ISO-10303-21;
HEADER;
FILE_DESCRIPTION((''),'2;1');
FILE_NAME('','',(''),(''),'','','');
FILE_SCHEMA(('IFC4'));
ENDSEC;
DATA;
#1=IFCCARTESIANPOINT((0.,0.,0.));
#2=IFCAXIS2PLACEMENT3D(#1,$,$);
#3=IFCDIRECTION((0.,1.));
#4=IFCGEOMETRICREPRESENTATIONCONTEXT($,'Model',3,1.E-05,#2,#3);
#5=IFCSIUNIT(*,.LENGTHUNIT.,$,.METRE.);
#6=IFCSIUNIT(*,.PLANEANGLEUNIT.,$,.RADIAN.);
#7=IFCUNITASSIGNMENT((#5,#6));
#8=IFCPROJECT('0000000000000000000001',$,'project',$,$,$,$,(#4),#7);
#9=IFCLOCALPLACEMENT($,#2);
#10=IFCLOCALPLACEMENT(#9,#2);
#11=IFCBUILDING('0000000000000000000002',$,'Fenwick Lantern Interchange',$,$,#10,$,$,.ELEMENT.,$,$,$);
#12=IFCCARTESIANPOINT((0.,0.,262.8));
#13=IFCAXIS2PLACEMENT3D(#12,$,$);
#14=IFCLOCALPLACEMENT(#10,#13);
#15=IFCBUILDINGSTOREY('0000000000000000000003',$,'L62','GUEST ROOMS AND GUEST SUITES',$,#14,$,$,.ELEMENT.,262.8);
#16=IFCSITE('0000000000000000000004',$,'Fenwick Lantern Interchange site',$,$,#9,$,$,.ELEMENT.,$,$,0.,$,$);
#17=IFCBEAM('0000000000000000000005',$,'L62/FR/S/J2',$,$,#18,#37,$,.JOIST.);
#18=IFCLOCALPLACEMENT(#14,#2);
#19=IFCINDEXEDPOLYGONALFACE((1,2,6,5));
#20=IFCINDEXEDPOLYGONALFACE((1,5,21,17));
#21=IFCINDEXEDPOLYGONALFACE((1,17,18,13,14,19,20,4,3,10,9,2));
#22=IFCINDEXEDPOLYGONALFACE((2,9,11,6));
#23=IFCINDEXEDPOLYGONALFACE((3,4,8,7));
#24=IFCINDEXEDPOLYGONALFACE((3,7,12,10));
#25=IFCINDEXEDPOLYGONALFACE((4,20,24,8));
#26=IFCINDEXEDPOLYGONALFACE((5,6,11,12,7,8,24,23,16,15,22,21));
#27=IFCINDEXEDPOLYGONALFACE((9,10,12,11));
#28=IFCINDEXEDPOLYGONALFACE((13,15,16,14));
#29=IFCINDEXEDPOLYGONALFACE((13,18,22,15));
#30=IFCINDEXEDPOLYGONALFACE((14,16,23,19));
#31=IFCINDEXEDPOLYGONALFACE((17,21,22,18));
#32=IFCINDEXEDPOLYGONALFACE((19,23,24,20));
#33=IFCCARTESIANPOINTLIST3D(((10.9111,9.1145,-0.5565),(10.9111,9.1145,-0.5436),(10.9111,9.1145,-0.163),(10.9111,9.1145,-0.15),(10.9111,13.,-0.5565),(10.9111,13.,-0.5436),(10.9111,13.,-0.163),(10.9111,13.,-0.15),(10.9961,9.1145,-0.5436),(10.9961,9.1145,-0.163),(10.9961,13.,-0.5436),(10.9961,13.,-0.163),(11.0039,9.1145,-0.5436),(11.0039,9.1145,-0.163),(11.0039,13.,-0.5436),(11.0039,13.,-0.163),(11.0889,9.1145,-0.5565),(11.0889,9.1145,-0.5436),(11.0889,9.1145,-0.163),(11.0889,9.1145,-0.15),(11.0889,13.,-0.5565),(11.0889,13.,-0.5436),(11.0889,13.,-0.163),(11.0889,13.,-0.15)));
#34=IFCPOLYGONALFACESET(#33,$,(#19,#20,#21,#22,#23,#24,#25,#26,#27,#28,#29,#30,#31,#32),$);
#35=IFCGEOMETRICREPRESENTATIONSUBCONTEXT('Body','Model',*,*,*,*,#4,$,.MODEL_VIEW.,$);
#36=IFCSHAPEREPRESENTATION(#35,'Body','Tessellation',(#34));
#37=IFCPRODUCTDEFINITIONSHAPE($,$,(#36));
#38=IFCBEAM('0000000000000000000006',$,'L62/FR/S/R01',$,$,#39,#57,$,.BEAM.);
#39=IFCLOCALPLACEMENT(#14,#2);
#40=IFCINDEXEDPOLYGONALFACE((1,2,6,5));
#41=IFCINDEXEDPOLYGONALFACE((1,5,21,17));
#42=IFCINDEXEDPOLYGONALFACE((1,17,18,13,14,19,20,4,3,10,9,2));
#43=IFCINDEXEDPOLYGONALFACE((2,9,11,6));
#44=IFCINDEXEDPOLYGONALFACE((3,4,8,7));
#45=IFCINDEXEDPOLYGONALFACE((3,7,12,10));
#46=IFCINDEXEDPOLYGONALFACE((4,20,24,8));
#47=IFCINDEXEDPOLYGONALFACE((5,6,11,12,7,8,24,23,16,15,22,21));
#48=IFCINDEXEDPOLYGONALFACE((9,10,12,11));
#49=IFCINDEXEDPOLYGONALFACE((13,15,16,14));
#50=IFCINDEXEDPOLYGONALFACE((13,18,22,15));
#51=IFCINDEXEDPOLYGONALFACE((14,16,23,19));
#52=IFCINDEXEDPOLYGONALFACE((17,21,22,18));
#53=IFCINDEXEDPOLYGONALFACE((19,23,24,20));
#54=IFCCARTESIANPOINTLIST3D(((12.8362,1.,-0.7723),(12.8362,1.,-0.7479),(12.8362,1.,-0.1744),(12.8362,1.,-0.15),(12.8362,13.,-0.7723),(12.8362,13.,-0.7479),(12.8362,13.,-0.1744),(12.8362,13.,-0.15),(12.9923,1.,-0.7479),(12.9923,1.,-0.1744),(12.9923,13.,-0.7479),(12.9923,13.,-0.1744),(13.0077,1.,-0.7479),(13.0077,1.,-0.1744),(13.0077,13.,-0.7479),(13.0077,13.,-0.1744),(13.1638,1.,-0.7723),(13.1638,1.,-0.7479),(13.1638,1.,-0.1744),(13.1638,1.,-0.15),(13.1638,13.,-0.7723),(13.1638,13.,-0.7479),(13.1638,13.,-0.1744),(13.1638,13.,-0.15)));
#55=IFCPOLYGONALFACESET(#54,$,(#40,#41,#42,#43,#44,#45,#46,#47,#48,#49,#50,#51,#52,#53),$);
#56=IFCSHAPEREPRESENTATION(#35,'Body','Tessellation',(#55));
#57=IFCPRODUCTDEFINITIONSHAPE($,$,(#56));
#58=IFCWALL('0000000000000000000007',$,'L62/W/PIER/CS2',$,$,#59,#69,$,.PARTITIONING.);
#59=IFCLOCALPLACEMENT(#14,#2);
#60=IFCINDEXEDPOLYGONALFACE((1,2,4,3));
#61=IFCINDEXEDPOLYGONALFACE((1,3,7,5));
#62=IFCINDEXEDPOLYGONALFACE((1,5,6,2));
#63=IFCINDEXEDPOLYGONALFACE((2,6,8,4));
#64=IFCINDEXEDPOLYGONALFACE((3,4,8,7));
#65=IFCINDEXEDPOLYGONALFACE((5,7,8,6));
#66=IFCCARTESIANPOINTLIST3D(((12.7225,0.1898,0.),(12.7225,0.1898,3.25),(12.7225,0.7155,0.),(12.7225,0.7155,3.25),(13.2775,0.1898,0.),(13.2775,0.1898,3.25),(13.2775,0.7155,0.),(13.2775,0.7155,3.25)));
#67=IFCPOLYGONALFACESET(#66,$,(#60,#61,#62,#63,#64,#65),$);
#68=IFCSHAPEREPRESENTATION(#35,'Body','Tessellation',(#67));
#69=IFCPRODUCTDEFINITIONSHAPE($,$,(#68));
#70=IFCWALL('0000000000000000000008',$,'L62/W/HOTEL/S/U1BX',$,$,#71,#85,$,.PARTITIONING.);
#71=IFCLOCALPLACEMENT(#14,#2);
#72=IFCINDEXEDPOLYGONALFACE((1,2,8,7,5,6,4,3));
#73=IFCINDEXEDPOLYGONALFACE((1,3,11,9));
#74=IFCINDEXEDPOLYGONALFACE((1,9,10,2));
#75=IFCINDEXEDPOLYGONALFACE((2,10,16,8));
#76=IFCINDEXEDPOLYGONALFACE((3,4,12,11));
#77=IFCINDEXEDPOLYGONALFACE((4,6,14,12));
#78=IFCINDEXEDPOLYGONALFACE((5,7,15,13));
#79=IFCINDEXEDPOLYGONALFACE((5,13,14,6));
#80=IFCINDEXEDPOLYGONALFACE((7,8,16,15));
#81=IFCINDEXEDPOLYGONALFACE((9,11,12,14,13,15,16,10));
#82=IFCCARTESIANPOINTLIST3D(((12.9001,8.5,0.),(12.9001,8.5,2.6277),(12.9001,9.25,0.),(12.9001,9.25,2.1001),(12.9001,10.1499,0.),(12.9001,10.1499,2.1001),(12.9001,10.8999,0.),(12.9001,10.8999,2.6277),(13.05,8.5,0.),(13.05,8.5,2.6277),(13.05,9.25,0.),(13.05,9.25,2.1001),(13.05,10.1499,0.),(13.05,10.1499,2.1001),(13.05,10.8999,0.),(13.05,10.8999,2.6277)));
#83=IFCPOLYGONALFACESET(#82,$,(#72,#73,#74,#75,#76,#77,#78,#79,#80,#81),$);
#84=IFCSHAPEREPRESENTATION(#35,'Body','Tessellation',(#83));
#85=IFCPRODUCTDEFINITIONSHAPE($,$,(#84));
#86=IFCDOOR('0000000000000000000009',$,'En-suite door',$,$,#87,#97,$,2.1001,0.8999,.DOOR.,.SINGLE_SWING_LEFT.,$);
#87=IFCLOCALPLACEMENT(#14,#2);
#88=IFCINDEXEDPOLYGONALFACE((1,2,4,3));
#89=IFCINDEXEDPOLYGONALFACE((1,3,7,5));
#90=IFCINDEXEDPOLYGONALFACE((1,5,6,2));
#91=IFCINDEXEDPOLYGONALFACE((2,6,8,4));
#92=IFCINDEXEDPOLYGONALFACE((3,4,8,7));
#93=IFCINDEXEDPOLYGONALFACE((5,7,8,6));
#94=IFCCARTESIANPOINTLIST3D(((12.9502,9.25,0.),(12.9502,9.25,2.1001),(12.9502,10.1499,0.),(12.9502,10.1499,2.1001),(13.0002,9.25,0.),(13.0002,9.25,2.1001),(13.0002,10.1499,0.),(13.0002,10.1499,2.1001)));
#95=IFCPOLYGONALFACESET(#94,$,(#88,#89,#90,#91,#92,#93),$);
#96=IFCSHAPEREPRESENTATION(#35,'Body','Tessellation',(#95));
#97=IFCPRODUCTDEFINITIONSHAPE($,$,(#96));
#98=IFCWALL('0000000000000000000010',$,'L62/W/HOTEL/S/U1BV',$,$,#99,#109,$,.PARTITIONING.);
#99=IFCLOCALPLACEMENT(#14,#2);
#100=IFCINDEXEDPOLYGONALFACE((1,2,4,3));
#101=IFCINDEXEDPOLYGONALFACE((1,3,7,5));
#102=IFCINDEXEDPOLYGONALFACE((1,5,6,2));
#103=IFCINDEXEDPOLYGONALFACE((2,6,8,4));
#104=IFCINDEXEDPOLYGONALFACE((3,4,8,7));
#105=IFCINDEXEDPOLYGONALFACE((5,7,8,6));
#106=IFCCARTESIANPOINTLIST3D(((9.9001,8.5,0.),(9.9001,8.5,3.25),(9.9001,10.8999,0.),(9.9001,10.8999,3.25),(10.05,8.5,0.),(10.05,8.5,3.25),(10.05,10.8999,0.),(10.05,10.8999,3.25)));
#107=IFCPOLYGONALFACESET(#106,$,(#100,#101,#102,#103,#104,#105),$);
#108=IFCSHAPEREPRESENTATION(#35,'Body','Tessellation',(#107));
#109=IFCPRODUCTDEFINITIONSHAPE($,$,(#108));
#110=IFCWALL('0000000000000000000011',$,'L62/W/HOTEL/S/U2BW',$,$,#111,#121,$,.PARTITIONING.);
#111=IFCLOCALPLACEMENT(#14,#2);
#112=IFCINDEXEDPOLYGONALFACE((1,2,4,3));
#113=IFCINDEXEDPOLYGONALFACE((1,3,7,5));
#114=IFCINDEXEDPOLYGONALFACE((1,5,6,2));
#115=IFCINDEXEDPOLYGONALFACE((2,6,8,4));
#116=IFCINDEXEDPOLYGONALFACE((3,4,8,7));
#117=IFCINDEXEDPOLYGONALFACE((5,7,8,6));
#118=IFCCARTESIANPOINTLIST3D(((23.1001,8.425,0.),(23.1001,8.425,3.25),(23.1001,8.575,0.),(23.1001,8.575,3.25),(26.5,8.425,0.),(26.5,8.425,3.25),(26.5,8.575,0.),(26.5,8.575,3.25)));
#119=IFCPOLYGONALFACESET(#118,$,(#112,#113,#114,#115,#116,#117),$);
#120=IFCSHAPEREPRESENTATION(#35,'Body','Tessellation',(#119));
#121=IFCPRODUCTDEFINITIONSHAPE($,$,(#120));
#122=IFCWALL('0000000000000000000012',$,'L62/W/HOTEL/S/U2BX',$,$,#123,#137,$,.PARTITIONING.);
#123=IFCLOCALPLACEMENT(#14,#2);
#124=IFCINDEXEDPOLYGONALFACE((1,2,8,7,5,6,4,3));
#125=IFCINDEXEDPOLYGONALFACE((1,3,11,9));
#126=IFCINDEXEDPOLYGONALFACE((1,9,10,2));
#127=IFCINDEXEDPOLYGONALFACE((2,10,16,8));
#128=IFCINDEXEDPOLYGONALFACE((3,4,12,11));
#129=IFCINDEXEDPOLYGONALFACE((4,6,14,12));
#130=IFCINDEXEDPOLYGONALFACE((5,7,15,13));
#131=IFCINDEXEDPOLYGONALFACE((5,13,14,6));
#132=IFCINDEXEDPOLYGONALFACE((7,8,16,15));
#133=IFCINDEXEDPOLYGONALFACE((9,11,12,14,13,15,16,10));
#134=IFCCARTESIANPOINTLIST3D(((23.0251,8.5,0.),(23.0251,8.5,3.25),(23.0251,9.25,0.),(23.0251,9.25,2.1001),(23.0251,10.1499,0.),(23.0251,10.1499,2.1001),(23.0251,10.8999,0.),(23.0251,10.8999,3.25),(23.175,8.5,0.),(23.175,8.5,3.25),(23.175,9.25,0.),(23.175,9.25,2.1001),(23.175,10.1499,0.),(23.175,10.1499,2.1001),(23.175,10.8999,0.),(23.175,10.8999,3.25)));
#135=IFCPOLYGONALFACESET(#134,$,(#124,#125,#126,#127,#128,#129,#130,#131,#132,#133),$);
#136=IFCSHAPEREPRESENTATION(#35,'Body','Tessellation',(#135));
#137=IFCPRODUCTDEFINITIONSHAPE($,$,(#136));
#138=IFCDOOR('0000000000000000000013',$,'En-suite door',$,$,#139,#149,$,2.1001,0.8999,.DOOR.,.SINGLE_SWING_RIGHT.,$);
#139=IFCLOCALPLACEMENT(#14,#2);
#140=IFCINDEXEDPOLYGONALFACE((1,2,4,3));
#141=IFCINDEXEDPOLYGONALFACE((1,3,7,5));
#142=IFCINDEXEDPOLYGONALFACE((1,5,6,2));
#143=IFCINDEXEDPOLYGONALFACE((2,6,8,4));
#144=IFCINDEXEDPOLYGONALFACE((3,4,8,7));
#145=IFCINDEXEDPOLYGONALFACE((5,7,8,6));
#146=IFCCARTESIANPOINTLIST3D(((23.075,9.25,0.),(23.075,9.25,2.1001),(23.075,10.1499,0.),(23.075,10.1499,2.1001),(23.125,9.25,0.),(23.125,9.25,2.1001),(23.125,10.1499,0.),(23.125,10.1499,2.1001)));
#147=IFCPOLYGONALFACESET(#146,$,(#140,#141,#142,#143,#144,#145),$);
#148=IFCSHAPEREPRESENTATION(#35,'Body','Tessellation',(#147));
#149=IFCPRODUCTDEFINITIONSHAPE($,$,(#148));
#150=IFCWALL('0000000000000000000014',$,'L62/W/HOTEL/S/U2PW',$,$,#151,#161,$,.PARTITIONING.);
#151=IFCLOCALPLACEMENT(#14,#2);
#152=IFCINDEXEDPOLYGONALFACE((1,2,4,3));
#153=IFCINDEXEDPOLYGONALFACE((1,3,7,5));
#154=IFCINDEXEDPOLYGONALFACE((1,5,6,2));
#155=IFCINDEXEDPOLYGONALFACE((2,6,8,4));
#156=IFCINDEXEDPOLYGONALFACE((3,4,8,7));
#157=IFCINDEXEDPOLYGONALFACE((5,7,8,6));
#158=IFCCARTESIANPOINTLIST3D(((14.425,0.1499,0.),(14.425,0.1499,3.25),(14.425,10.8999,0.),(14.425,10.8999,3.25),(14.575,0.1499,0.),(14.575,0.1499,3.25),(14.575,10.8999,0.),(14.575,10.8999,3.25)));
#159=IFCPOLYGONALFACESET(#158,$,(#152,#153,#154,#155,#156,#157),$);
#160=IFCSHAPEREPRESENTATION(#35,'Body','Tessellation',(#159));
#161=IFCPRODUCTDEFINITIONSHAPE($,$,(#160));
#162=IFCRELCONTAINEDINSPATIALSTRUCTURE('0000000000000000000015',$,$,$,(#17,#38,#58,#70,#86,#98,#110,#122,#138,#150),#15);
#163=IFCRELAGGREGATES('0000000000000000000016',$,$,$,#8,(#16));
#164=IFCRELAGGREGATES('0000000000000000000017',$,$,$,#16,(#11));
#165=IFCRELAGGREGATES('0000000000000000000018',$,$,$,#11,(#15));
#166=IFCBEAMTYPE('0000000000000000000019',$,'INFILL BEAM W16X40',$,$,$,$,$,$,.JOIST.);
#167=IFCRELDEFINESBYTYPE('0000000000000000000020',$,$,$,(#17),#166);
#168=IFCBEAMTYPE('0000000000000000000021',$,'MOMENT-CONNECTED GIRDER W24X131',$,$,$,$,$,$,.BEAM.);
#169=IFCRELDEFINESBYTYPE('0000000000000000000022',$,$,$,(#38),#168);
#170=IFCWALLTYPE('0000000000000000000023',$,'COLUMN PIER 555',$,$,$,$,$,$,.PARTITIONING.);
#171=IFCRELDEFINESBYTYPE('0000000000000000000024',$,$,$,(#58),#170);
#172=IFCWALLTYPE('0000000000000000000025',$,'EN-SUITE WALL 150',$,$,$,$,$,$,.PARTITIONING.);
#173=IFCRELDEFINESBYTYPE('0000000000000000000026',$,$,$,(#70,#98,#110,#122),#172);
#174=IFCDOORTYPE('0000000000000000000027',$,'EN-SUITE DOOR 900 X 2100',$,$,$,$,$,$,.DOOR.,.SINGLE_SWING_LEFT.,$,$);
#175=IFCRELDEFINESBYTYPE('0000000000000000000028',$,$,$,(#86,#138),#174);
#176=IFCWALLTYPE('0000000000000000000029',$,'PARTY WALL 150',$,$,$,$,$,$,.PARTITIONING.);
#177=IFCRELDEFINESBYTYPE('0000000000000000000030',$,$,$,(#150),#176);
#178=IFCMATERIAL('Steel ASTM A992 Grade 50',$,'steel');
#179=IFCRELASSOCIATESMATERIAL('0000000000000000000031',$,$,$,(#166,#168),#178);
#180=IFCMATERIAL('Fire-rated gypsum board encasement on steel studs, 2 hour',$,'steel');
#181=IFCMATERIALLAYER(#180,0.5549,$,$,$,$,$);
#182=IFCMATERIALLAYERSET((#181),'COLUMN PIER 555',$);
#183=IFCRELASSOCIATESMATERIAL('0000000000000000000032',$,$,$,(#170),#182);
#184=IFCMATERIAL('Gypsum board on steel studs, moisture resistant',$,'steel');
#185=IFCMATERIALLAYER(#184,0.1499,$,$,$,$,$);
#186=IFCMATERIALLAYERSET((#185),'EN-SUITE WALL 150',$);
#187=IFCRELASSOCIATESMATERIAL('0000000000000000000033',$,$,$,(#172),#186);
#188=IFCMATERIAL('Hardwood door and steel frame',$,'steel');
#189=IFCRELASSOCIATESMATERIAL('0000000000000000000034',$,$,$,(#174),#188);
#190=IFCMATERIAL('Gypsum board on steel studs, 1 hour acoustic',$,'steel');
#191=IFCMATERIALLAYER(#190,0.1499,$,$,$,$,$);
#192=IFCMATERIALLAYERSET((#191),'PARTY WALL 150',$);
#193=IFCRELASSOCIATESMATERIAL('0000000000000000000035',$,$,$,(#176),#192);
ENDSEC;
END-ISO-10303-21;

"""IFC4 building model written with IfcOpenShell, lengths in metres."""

from ifc_helpers import new_model, si_unit, direction, frame, frame_2d, origin, origin_2d, place, context, subcontext, project, spatial, rectangle, i_section, extrude, material, layer, layer_set, material_profile, profile_set, type_object, element, fill, save


model = new_model("IFC4")

# Units and contexts
model_context = context("Model", 3, precision=1e-05, world=origin(), true_north=direction((0.0, 1.0)))
body_context = subcontext(model_context, "Body", "Model", "MODEL_VIEW")
ifc_project = project(units=[si_unit("LENGTHUNIT", "METRE"), si_unit("PLANEANGLEUNIT", "RADIAN")], contexts=[model_context])

# Site, building, storey
site_placement = place(None, origin())
site = spatial("IfcSite", under=ifc_project, at=site_placement, Name="Fenwick Lantern Interchange site", CompositionType="ELEMENT", RefElevation=0.0)
building_placement = place(site_placement, origin())
building = spatial("IfcBuilding", under=site, at=building_placement, Name="Fenwick Lantern Interchange", CompositionType="ELEMENT")
storey_placement = place(building_placement, frame((0.0, 0.0, 262.8)))
storey = spatial("IfcBuildingStorey", under=building, at=storey_placement, Name="L62", Description="GUEST ROOMS AND GUEST SUITES", CompositionType="ELEMENT", Elevation=262.8)

# Shared definitions
ifc_material_1 = material(Name="Steel ASTM A992 Grade 50", Category="steel")

# Beams
ifc_material_profile_1 = material_profile(ifc_material_1, i_section(OverallWidth=0.1777, OverallDepth=0.4065, WebThickness=0.0078, FlangeThickness=0.0129, at=origin_2d()), Name="W16X40")
ifc_profile_set_1 = profile_set([ifc_material_profile_1], Name="Steel ASTM A992 Grade 50")
beam_type_1 = type_object("IfcBeamType", Name="INFILL BEAM W16X40", PredefinedType="JOIST", material=ifc_profile_set_1)
beam_1_placement = place(storey_placement, frame((11.0, 9.1145, -0.3533), z_axis=(0.0, 1.0, 0.0), x_axis=(-1.0, 0.0, 0.0)))
element("IfcBeam", 1, at=beam_1_placement, inside=storey, type_object=beam_type_1, Name="L62/FR/S/J2", PredefinedType="JOIST", context=body_context, shape_type="SweptSolid", body=[
    extrude(i_section(OverallWidth=0.1777, OverallDepth=0.4065, WebThickness=0.0078, FlangeThickness=0.0129, at=origin_2d()), origin(), (0.0, 0.0, 1.0), 3.8855),
])
ifc_material_profile_2 = material_profile(ifc_material_1, i_section(OverallWidth=0.3276, OverallDepth=0.6223, WebThickness=0.0154, FlangeThickness=0.0244, at=origin_2d()), Name="W24X131")
ifc_profile_set_2 = profile_set([ifc_material_profile_2], Name="Steel ASTM A992 Grade 50")
beam_type_2 = type_object("IfcBeamType", Name="MOMENT-CONNECTED GIRDER W24X131", PredefinedType="BEAM", material=ifc_profile_set_2)
beam_2_placement = place(storey_placement, frame((13.0, 1.0, -0.4612), z_axis=(0.0, 1.0, 0.0), x_axis=(-1.0, 0.0, 0.0)))
element("IfcBeam", 2, at=beam_2_placement, inside=storey, type_object=beam_type_2, Name="L62/FR/S/R01", PredefinedType="BEAM", context=body_context, shape_type="SweptSolid", body=[
    extrude(i_section(OverallWidth=0.3276, OverallDepth=0.6223, WebThickness=0.0154, FlangeThickness=0.0244, at=origin_2d()), origin(), (0.0, 0.0, 1.0), 12.0),
])

# Wall
ifc_material_2 = material(Name="Fire-rated gypsum board encasement on steel studs, 2 hour", Category="steel")
ifc_layer_1 = layer(ifc_material_2, 0.5549)
ifc_layer_set_1 = layer_set([ifc_layer_1], Name="COLUMN PIER 555")
wall_type_1 = type_object("IfcWallType", Name="COLUMN PIER 555", PredefinedType="PARTITIONING", material=ifc_layer_set_1)
wall_1_placement = place(storey_placement, frame((13.0, 0.1899, 0.0), z_axis=(0.0, 0.0, 1.0), x_axis=(0.0, 1.0, 0.0)))
element("IfcWall", 3, at=wall_1_placement, inside=storey, type_object=wall_type_1, Name="L62/W/PIER/CS2", PredefinedType="PARTITIONING", context=body_context, shape_type="SweptSolid", body=[
    extrude(rectangle(XDim=0.5256, YDim=0.5549, at=frame_2d((0.2627, 0.0))), origin(), (0.0, 0.0, 1.0), 3.25),
])

# Wall, opening, door
ifc_material_3 = material(Name="Gypsum board on steel studs, moisture resistant", Category="steel")
ifc_layer_2 = layer(ifc_material_3, 0.1499)
ifc_layer_set_2 = layer_set([ifc_layer_2], Name="EN-SUITE WALL 150")
wall_type_2 = type_object("IfcWallType", Name="EN-SUITE WALL 150", PredefinedType="PARTITIONING", material=ifc_layer_set_2)
wall_2_placement = place(storey_placement, frame((12.9751, 8.5, 0.0), z_axis=(0.0, 0.0, 1.0), x_axis=(0.0, 1.0, 0.0)))
wall_2 = element("IfcWall", 4, at=wall_2_placement, inside=storey, type_object=wall_type_2, Name="L62/W/HOTEL/S/U1BX", PredefinedType="PARTITIONING", context=body_context, shape_type="SweptSolid", body=[
    extrude(rectangle(XDim=2.3999, YDim=0.1499, at=frame_2d((1.2, 0.0))), origin(), (0.0, 0.0, 1.0), 2.6277),
])
opening_1_placement = place(wall_2_placement, frame((0.75, 0.0, 0.0)))
opening_1 = element("IfcOpeningElement", 5, at=opening_1_placement, cuts=wall_2, PredefinedType="OPENING", context=body_context, shape_type="SweptSolid", body=[
    extrude(rectangle(XDim=0.8999, YDim=2.1001, at=frame_2d((0.45, 1.05))), frame((0.0, 0.085, 0.0), z_axis=(0.0, -1.0, 0.0), x_axis=(1.0, 0.0, 0.0)), (0.0, 0.0, 1.0), 0.1699),
])
ifc_material_4 = material(Name="Hardwood door and steel frame", Category="steel")
door_type = type_object("IfcDoorType", Name="EN-SUITE DOOR 900 X 2100", OperationType="SINGLE_SWING_LEFT", PredefinedType="DOOR", material=ifc_material_4)
door_1_placement = place(opening_1_placement, origin())
door_1 = element("IfcDoor", 6, at=door_1_placement, inside=storey, type_object=door_type, Name="En-suite door", OperationType="SINGLE_SWING_LEFT", OverallHeight=2.1001, OverallWidth=0.8999, PredefinedType="DOOR", context=body_context, shape_type="SweptSolid", body=[
    extrude(rectangle(XDim=0.8999, YDim=2.1001, at=frame_2d((0.45, 1.05))), frame((0.0, 0.0249, 0.0), z_axis=(0.0, -1.0, 0.0), x_axis=(1.0, 0.0, 0.0)), (0.0, 0.0, 1.0), 0.05),
])
fill(opening_1, door_1)

# Walls
wall_3_placement = place(storey_placement, frame((9.9751, 8.5, 0.0), z_axis=(0.0, 0.0, 1.0), x_axis=(0.0, 1.0, 0.0)))
element("IfcWall", 7, at=wall_3_placement, inside=storey, type_object=wall_type_2, Name="L62/W/HOTEL/S/U1BV", PredefinedType="PARTITIONING", context=body_context, shape_type="SweptSolid", body=[
    extrude(rectangle(XDim=2.3999, YDim=0.1499, at=frame_2d((1.2, 0.0))), origin(), (0.0, 0.0, 1.0), 3.25),
])
wall_4_placement = place(storey_placement, frame((23.1001, 8.5, 0.0), z_axis=(0.0, 0.0, 1.0), x_axis=(1.0, 0.0, 0.0)))
element("IfcWall", 8, at=wall_4_placement, inside=storey, type_object=wall_type_2, Name="L62/W/HOTEL/S/U2BW", PredefinedType="PARTITIONING", context=body_context, shape_type="SweptSolid", body=[
    extrude(rectangle(XDim=3.3999, YDim=0.1499, at=frame_2d((1.7, 0.0))), origin(), (0.0, 0.0, 1.0), 3.25),
])

# Wall, opening, door
wall_5_placement = place(storey_placement, frame((23.1001, 8.5, 0.0), z_axis=(0.0, 0.0, 1.0), x_axis=(0.0, 1.0, 0.0)))
wall_5 = element("IfcWall", 9, at=wall_5_placement, inside=storey, type_object=wall_type_2, Name="L62/W/HOTEL/S/U2BX", PredefinedType="PARTITIONING", context=body_context, shape_type="SweptSolid", body=[
    extrude(rectangle(XDim=2.3999, YDim=0.1499, at=frame_2d((1.2, 0.0))), origin(), (0.0, 0.0, 1.0), 3.25),
])
opening_2_placement = place(wall_5_placement, frame((0.75, 0.0, 0.0)))
opening_2 = element("IfcOpeningElement", 10, at=opening_2_placement, cuts=wall_5, PredefinedType="OPENING", context=body_context, shape_type="SweptSolid", body=[
    extrude(rectangle(XDim=0.8999, YDim=2.1001, at=frame_2d((0.45, 1.05))), frame((0.0, 0.085, 0.0), z_axis=(0.0, -1.0, 0.0), x_axis=(1.0, 0.0, 0.0)), (0.0, 0.0, 1.0), 0.1699),
])
door_2_placement = place(opening_2_placement, frame((0.8999, 0.0, 0.0), z_axis=(0.0, 0.0, 1.0), x_axis=(-1.0, 0.0, 0.0)))
door_2 = element("IfcDoor", 11, at=door_2_placement, inside=storey, type_object=door_type, Name="En-suite door", OperationType="SINGLE_SWING_RIGHT", OverallHeight=2.1001, OverallWidth=0.8999, PredefinedType="DOOR", context=body_context, shape_type="SweptSolid", body=[
    extrude(rectangle(XDim=0.8999, YDim=2.1001, at=frame_2d((0.45, 1.05))), frame((0.0, 0.0249, 0.0), z_axis=(0.0, -1.0, 0.0), x_axis=(1.0, 0.0, 0.0)), (0.0, 0.0, 1.0), 0.05),
])
fill(opening_2, door_2)

# Wall
ifc_material_5 = material(Name="Gypsum board on steel studs, 1 hour acoustic", Category="steel")
ifc_layer_3 = layer(ifc_material_5, 0.1499)
ifc_layer_set_3 = layer_set([ifc_layer_3], Name="PARTY WALL 150")
wall_type_3 = type_object("IfcWallType", Name="PARTY WALL 150", PredefinedType="PARTITIONING", material=ifc_layer_set_3)
wall_6_placement = place(storey_placement, frame((14.5, 0.1499, 0.0), z_axis=(0.0, 0.0, 1.0), x_axis=(0.0, 1.0, 0.0)))
element("IfcWall", 12, at=wall_6_placement, inside=storey, type_object=wall_type_3, Name="L62/W/HOTEL/S/U2PW", PredefinedType="PARTITIONING", context=body_context, shape_type="SweptSolid", body=[
    extrude(rectangle(XDim=10.75, YDim=0.1499, at=frame_2d((5.375, 0.0))), origin(), (0.0, 0.0, 1.0), 3.25),
])

save(model, "model.ifc")
